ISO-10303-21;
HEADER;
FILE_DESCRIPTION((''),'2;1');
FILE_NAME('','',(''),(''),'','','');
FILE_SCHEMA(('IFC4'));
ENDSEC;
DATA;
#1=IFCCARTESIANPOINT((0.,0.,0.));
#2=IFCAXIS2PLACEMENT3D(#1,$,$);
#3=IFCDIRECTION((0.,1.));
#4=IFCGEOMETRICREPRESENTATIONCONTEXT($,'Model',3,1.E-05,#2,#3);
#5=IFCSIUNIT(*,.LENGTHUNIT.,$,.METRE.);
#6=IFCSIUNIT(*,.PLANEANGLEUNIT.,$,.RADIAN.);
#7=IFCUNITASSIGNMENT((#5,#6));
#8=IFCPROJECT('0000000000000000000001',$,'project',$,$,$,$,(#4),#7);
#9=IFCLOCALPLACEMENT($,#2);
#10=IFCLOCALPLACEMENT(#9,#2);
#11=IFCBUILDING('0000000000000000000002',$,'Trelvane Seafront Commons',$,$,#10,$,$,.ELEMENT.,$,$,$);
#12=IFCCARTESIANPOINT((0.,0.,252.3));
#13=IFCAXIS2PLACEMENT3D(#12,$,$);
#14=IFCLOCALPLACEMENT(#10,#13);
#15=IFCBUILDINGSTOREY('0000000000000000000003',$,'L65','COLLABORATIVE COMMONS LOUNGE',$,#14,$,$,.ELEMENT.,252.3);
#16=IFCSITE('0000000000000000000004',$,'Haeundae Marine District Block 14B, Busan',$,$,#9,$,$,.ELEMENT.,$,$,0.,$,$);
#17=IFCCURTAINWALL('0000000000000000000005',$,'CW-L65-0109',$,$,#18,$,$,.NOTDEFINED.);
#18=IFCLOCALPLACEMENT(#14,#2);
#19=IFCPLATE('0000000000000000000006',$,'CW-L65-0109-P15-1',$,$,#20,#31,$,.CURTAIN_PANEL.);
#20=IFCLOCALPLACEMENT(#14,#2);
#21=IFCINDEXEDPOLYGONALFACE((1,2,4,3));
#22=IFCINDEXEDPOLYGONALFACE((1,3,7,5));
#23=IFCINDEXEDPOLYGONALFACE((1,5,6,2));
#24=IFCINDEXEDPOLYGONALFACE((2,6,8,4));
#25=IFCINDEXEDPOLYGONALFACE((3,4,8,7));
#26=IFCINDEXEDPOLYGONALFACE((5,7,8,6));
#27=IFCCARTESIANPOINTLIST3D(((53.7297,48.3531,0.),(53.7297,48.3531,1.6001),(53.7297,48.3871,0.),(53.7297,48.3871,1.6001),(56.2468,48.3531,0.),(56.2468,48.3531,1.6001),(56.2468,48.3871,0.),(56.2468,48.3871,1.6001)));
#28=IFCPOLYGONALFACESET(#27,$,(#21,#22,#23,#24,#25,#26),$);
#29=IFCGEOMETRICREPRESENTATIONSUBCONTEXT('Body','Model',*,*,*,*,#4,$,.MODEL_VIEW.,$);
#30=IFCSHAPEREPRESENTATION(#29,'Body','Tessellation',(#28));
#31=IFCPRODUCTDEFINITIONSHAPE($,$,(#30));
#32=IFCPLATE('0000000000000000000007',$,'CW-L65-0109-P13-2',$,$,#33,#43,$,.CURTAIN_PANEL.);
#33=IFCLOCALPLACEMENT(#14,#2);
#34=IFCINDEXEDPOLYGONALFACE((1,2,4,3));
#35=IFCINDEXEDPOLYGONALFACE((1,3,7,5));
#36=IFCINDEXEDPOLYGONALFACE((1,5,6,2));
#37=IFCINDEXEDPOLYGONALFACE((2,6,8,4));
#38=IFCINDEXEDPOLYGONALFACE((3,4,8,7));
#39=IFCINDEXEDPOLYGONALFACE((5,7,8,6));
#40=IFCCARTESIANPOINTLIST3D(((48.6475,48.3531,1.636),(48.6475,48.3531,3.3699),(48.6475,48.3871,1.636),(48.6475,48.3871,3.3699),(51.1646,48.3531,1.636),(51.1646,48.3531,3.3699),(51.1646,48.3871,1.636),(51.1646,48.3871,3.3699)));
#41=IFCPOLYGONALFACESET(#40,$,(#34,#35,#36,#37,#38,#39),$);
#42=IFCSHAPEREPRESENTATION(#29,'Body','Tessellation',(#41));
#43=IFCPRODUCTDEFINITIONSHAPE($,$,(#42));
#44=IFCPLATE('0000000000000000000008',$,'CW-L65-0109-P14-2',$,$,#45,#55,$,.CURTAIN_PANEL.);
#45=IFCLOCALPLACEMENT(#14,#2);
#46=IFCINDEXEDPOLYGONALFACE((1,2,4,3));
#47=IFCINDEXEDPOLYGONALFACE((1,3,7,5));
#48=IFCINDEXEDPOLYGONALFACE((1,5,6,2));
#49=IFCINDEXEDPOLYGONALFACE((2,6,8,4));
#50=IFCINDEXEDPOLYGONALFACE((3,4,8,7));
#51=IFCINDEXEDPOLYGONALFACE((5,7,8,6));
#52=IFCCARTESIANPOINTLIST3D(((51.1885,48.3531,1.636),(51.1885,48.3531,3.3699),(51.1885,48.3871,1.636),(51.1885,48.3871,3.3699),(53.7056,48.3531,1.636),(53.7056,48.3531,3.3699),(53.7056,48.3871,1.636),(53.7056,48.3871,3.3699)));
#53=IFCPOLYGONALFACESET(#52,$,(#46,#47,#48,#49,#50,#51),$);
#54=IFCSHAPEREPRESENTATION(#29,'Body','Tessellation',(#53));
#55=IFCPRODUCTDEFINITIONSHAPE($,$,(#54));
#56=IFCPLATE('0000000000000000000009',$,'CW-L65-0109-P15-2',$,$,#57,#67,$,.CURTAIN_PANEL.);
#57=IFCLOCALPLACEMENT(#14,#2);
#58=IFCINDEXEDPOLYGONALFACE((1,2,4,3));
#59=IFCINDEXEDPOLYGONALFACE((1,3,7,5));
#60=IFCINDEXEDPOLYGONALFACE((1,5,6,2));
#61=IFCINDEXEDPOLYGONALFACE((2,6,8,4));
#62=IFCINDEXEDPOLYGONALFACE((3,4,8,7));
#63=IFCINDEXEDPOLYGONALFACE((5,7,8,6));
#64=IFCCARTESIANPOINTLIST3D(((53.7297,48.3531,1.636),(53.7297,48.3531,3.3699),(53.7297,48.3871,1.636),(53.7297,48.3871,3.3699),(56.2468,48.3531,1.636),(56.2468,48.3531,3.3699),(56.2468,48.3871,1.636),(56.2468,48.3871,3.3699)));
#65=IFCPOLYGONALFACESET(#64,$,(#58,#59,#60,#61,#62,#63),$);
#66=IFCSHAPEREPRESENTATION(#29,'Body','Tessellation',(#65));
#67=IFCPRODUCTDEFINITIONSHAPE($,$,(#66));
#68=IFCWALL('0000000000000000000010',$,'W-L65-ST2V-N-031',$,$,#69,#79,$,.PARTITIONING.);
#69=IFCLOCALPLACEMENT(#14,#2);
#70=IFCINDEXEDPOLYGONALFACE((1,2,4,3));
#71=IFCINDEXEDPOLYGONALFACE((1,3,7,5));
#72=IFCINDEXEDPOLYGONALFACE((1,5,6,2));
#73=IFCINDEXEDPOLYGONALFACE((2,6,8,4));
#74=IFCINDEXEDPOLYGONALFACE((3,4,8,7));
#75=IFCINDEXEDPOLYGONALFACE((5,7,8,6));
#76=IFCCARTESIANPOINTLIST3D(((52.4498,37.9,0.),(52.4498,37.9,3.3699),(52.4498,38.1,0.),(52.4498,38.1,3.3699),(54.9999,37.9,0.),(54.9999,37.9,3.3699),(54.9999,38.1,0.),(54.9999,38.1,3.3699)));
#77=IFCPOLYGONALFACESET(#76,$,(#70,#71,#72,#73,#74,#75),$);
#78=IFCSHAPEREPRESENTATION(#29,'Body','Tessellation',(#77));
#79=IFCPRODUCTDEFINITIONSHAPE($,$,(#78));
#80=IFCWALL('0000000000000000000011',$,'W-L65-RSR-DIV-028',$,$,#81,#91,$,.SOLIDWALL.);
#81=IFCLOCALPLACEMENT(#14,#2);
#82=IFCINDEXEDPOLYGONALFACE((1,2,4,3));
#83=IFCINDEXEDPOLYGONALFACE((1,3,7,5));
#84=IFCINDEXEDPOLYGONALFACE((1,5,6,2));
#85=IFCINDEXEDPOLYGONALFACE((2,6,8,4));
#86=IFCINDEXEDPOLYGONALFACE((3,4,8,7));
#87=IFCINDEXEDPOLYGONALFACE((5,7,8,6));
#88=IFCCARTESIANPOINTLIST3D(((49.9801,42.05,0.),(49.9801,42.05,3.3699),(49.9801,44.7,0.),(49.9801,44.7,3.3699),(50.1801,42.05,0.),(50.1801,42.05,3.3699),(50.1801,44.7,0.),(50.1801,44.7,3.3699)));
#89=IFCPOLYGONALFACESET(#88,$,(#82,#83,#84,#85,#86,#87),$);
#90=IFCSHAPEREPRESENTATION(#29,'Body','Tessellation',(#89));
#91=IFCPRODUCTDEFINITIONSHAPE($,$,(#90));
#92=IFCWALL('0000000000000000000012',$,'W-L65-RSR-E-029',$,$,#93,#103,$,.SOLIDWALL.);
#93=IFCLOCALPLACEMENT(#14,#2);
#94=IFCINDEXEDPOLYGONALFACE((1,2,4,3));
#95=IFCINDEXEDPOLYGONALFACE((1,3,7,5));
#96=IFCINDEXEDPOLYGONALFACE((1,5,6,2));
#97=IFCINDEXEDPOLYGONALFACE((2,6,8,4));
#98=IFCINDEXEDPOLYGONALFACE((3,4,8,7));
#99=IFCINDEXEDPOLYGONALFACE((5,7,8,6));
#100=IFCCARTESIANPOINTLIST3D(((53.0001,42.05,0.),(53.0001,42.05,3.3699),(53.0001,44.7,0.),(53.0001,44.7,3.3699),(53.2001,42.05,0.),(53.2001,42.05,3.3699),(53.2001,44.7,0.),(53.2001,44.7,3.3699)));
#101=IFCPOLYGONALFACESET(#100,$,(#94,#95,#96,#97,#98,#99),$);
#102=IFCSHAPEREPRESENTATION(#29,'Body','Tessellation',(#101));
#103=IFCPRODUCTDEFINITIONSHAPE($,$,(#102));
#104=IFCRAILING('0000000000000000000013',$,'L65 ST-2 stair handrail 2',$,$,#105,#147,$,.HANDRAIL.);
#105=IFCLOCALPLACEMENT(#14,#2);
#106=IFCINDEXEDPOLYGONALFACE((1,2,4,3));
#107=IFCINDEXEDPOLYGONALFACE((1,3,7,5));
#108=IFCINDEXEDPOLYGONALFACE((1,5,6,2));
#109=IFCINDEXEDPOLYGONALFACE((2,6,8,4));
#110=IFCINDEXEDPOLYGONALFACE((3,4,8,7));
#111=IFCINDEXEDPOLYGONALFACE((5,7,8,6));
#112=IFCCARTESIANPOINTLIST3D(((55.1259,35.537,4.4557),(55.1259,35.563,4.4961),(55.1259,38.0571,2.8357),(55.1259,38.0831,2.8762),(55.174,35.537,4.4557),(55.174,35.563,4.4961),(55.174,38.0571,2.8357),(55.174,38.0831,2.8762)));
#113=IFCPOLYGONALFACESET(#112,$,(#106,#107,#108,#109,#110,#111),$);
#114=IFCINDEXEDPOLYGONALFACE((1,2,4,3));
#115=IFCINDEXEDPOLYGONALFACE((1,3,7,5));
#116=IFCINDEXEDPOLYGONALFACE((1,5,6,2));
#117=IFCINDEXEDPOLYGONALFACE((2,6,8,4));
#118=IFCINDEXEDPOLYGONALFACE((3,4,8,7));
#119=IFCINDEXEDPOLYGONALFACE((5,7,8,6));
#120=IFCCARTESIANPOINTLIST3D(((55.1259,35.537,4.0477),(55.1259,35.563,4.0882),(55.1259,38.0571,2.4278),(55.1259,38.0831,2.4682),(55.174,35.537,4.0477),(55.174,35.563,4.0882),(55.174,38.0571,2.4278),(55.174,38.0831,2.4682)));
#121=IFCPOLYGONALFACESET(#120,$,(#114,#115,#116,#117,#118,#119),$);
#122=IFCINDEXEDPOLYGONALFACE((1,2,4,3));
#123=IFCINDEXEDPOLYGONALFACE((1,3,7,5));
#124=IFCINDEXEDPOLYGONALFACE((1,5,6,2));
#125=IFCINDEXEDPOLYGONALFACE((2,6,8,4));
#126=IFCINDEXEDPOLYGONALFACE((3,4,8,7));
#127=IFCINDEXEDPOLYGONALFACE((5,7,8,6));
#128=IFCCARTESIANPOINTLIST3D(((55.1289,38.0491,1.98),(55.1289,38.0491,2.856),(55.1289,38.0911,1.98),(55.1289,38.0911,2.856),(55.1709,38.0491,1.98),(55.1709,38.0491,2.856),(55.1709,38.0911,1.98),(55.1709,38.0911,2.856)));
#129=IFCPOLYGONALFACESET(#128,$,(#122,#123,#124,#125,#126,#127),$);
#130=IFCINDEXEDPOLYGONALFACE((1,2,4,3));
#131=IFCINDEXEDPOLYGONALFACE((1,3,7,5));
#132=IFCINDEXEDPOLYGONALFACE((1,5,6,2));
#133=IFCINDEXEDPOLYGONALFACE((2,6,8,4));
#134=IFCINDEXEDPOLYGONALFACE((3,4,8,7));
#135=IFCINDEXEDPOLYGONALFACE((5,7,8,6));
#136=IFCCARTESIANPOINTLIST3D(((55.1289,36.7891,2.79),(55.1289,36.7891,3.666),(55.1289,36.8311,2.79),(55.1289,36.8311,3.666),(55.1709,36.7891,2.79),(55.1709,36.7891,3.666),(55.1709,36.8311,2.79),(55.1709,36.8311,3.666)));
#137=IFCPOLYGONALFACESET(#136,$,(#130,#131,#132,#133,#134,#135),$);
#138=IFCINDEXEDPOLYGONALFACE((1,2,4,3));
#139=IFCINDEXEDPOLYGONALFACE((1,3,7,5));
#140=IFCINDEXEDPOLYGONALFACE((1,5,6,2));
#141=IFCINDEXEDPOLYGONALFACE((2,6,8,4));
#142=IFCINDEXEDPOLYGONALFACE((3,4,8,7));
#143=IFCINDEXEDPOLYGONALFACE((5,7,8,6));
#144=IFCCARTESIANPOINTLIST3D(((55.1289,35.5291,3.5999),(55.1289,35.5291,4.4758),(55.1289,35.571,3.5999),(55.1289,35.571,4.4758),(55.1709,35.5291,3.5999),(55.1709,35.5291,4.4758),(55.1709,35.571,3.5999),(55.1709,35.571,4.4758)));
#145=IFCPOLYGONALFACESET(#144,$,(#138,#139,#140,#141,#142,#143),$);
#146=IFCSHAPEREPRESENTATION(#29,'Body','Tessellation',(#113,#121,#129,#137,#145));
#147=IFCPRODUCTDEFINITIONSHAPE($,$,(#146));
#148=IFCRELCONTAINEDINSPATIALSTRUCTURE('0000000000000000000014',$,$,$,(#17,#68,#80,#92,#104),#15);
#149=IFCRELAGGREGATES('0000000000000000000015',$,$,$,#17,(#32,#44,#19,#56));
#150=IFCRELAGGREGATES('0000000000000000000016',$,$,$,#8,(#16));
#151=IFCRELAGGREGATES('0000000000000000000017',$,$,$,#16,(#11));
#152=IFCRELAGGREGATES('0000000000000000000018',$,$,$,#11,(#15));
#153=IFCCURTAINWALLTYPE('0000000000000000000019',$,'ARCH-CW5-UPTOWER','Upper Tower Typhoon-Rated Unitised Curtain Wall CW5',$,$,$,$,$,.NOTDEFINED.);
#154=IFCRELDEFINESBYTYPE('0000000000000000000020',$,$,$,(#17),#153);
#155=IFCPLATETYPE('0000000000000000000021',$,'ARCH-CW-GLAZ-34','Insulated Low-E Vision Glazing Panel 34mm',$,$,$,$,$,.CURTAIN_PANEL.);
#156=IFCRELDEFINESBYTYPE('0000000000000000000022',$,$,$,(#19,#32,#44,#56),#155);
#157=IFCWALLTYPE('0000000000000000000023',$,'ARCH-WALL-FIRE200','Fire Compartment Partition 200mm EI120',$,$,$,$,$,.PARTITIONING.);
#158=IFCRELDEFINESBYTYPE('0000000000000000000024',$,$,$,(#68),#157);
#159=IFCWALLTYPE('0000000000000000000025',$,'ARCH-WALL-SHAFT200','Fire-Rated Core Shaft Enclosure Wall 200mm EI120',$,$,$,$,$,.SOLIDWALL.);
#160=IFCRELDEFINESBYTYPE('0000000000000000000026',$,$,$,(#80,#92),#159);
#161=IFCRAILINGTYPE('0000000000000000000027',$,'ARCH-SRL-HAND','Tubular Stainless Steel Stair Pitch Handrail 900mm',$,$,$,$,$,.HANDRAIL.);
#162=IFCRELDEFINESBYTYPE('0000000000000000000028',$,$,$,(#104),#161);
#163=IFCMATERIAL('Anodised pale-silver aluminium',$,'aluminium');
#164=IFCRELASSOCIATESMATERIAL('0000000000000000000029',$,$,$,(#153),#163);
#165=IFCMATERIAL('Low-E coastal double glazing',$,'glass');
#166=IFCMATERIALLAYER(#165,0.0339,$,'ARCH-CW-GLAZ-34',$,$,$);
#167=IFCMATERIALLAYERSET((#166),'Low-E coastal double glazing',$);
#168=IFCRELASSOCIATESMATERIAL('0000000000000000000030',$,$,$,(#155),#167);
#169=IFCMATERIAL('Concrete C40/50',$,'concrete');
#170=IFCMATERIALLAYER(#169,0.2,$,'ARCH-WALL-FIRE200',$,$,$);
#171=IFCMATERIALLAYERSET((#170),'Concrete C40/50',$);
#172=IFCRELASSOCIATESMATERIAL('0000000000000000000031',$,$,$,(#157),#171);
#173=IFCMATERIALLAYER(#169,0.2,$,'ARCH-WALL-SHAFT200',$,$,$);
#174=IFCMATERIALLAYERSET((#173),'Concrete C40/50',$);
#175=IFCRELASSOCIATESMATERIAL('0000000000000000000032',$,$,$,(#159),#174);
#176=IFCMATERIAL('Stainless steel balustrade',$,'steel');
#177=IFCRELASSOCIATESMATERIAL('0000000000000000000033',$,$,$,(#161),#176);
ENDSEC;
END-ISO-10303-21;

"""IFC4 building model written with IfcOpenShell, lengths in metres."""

from ifc_helpers import new_model, si_unit, direction, frame, frame_2d, origin, origin_2d, place, context, subcontext, project, spatial, rectangle, extrude, source, transform, mapped, material, layer, layer_set, type_object, element, aggregate, save


model = new_model("IFC4")

# Units and contexts
model_context = context("Model", 3, precision=1e-05, world=origin(), true_north=direction((0.0, 1.0)))
body_context = subcontext(model_context, "Body", "Model", "MODEL_VIEW")
ifc_project = project(units=[si_unit("LENGTHUNIT", "METRE"), si_unit("PLANEANGLEUNIT", "RADIAN")], contexts=[model_context])

# Site, building, storey
site_placement = place(None, origin())
site = spatial("IfcSite", under=ifc_project, at=site_placement, Name="Haeundae Marine District Block 14B, Busan", CompositionType="ELEMENT", RefElevation=0.0)
building_placement = place(site_placement, origin())
building = spatial("IfcBuilding", under=site, at=building_placement, Name="Trelvane Seafront Commons", CompositionType="ELEMENT")
storey_placement = place(building_placement, frame((0.0, 0.0, 252.3)))
storey = spatial("IfcBuildingStorey", under=building, at=storey_placement, Name="L65", Description="COLLABORATIVE COMMONS LOUNGE", CompositionType="ELEMENT", Elevation=252.3)

# Curtain wall
ifc_material_1 = material(Name="Anodised pale-silver aluminium", Category="aluminium")
curtain_wall_type = type_object("IfcCurtainWallType", Name="ARCH-CW5-UPTOWER", Description="Upper Tower Typhoon-Rated Unitised Curtain Wall CW5", PredefinedType="NOTDEFINED", material=ifc_material_1)
curtain_wall_placement = place(storey_placement, origin())
curtain_wall = element("IfcCurtainWall", 1, at=curtain_wall_placement, inside=storey, type_object=curtain_wall_type, Name="CW-L65-0109", PredefinedType="NOTDEFINED")

# Plates
ifc_material_2 = material(Name="Low-E coastal double glazing", Category="glass")
ifc_layer_1 = layer(ifc_material_2, 0.0339, Name="ARCH-CW-GLAZ-34")
ifc_layer_set_1 = layer_set([ifc_layer_1], Name="Low-E coastal double glazing")
plate_type_1 = type_object("IfcPlateType", Name="ARCH-CW-GLAZ-34", Description="Insulated Low-E Vision Glazing Panel 34mm", PredefinedType="CURTAIN_PANEL", material=ifc_layer_set_1)
shared_shape_1 = source(origin(), body_context, "Body", "SweptSolid", [
    extrude(rectangle(XDim=2.5171, YDim=0.0339, at=origin_2d()), origin(), (0.0, 0.0, 1.0), 1.6001),
])
plate_1_placement = place(storey_placement, frame((54.9883, 48.3701, 0.0), z_axis=(0.0, 0.0, 1.0), x_axis=(1.0, 0.0, 0.0)))
plate_1 = element("IfcPlate", 2, at=plate_1_placement, type_object=plate_type_1, Name="CW-L65-0109-P15-1", PredefinedType="CURTAIN_PANEL", context=body_context, shape_type="MappedRepresentation", body=[
    mapped(shared_shape_1, transform((0.0, 0.0, 0.0), x_axis=(1.0, 0.0, 0.0), y_axis=(0.0, 1.0, 0.0), z_axis=(0.0, 0.0, 1.0), scale=1.0)),
])
shared_shape_2 = source(origin(), body_context, "Body", "SweptSolid", [
    extrude(rectangle(XDim=2.5171, YDim=0.0339, at=origin_2d()), origin(), (0.0, 0.0, 1.0), 1.7339),
])
plate_2_placement = place(storey_placement, frame((49.906, 48.3701, 1.636), z_axis=(0.0, 0.0, 1.0), x_axis=(1.0, 0.0, 0.0)))
plate_2 = element("IfcPlate", 3, at=plate_2_placement, type_object=plate_type_1, Name="CW-L65-0109-P13-2", PredefinedType="CURTAIN_PANEL", context=body_context, shape_type="MappedRepresentation", body=[
    mapped(shared_shape_2, transform((0.0, 0.0, 0.0), x_axis=(1.0, 0.0, 0.0), y_axis=(0.0, 1.0, 0.0), z_axis=(0.0, 0.0, 1.0), scale=1.0)),
])
plate_3_placement = place(storey_placement, frame((52.447, 48.3701, 1.636), z_axis=(0.0, 0.0, 1.0), x_axis=(1.0, 0.0, 0.0)))
plate_3 = element("IfcPlate", 4, at=plate_3_placement, type_object=plate_type_1, Name="CW-L65-0109-P14-2", PredefinedType="CURTAIN_PANEL", context=body_context, shape_type="MappedRepresentation", body=[
    mapped(shared_shape_2, transform((0.0, 0.0, 0.0), x_axis=(1.0, 0.0, 0.0), y_axis=(0.0, 1.0, 0.0), z_axis=(0.0, 0.0, 1.0), scale=1.0)),
])
plate_4_placement = place(storey_placement, frame((54.9883, 48.3701, 1.636), z_axis=(0.0, 0.0, 1.0), x_axis=(1.0, 0.0, 0.0)))
plate_4 = element("IfcPlate", 5, at=plate_4_placement, type_object=plate_type_1, Name="CW-L65-0109-P15-2", PredefinedType="CURTAIN_PANEL", context=body_context, shape_type="MappedRepresentation", body=[
    mapped(shared_shape_2, transform((0.0, 0.0, 0.0), x_axis=(1.0, 0.0, 0.0), y_axis=(0.0, 1.0, 0.0), z_axis=(0.0, 0.0, 1.0), scale=1.0)),
])
aggregate(curtain_wall, [plate_2, plate_3, plate_1, plate_4])

# Walls
ifc_material_3 = material(Name="Concrete C40/50", Category="concrete")
ifc_layer_2 = layer(ifc_material_3, 0.2, Name="ARCH-WALL-FIRE200")
ifc_layer_set_2 = layer_set([ifc_layer_2], Name="Concrete C40/50")
wall_type_1 = type_object("IfcWallType", Name="ARCH-WALL-FIRE200", Description="Fire Compartment Partition 200mm EI120", PredefinedType="PARTITIONING", material=ifc_layer_set_2)
wall_placement = place(storey_placement, frame((52.45, 38.0, 0.0), z_axis=(0.0, 0.0, 1.0), x_axis=(1.0, 0.0, 0.0)))
element("IfcWall", 6, at=wall_placement, inside=storey, type_object=wall_type_1, Name="W-L65-ST2V-N-031", PredefinedType="PARTITIONING", context=body_context, shape_type="SweptSolid", body=[
    extrude(rectangle(XDim=2.55, YDim=0.2, at=frame_2d((1.2749, 0.0))), origin(), (0.0, 0.0, 1.0), 3.3699),
])
ifc_layer_3 = layer(ifc_material_3, 0.2, Name="ARCH-WALL-SHAFT200")
ifc_layer_set_3 = layer_set([ifc_layer_3], Name="Concrete C40/50")
wall_type_2 = type_object("IfcWallType", Name="ARCH-WALL-SHAFT200", Description="Fire-Rated Core Shaft Enclosure Wall 200mm EI120", PredefinedType="SOLIDWALL", material=ifc_layer_set_3)
for number, where, z_axis, x_axis, name in (
    (7, (50.0801, 42.05, 0.0), (0.0, 0.0, 1.0), (0.0, 1.0, 0.0), "W-L65-RSR-DIV-028"),
    (8, (53.1001, 42.05, 0.0), (0.0, 0.0, 1.0), (0.0, 1.0, 0.0), "W-L65-RSR-E-029"),
):
    element("IfcWall", number, at=place(storey_placement, frame(where, z_axis=z_axis, x_axis=x_axis)), inside=storey, type_object=wall_type_2, Name=name, PredefinedType="SOLIDWALL", context=body_context, shape_type="SweptSolid", body=[
        extrude(rectangle(XDim=2.6499, YDim=0.2, at=frame_2d((1.325, 0.0))), origin(), (0.0, 0.0, 1.0), 3.3699),
    ])

# Railing
ifc_material_4 = material(Name="Stainless steel balustrade", Category="steel")
railing_type = type_object("IfcRailingType", Name="ARCH-SRL-HAND", Description="Tubular Stainless Steel Stair Pitch Handrail 900mm", PredefinedType="HANDRAIL", material=ifc_material_4)
railing_placement = place(storey_placement, frame((55.1499, 38.0701, 1.98)))
element("IfcRailing", 9, at=railing_placement, inside=storey, type_object=railing_type, Name="L65 ST-2 stair handrail 2", PredefinedType="HANDRAIL", context=body_context, shape_type="SweptSolid", body=[
    extrude(rectangle(XDim=0.0481, YDim=0.0481, at=origin_2d()), frame((0.0, 0.0, 0.876), z_axis=(0.0, -0.8412, 0.540725), x_axis=(1.0, 0.0, 0.0)), (0.0, 0.0, 1.0), 2.9958),
    extrude(rectangle(XDim=0.0481, YDim=0.0481, at=origin_2d()), frame((0.0, 0.0, 0.468), z_axis=(0.0, -0.8412, 0.540725), x_axis=(1.0, 0.0, 0.0)), (0.0, 0.0, 1.0), 2.9958),
    extrude(rectangle(XDim=0.042, YDim=0.042, at=origin_2d()), origin(), (0.0, 0.0, 1.0), 0.876),
    extrude(rectangle(XDim=0.042, YDim=0.042, at=origin_2d()), frame((0.0, -1.26, 0.8101)), (0.0, 0.0, 1.0), 0.876),
    extrude(rectangle(XDim=0.042, YDim=0.042, at=origin_2d()), frame((0.0, -2.52, 1.6199)), (0.0, 0.0, 1.0), 0.876),
])

save(model, "model.ifc")
